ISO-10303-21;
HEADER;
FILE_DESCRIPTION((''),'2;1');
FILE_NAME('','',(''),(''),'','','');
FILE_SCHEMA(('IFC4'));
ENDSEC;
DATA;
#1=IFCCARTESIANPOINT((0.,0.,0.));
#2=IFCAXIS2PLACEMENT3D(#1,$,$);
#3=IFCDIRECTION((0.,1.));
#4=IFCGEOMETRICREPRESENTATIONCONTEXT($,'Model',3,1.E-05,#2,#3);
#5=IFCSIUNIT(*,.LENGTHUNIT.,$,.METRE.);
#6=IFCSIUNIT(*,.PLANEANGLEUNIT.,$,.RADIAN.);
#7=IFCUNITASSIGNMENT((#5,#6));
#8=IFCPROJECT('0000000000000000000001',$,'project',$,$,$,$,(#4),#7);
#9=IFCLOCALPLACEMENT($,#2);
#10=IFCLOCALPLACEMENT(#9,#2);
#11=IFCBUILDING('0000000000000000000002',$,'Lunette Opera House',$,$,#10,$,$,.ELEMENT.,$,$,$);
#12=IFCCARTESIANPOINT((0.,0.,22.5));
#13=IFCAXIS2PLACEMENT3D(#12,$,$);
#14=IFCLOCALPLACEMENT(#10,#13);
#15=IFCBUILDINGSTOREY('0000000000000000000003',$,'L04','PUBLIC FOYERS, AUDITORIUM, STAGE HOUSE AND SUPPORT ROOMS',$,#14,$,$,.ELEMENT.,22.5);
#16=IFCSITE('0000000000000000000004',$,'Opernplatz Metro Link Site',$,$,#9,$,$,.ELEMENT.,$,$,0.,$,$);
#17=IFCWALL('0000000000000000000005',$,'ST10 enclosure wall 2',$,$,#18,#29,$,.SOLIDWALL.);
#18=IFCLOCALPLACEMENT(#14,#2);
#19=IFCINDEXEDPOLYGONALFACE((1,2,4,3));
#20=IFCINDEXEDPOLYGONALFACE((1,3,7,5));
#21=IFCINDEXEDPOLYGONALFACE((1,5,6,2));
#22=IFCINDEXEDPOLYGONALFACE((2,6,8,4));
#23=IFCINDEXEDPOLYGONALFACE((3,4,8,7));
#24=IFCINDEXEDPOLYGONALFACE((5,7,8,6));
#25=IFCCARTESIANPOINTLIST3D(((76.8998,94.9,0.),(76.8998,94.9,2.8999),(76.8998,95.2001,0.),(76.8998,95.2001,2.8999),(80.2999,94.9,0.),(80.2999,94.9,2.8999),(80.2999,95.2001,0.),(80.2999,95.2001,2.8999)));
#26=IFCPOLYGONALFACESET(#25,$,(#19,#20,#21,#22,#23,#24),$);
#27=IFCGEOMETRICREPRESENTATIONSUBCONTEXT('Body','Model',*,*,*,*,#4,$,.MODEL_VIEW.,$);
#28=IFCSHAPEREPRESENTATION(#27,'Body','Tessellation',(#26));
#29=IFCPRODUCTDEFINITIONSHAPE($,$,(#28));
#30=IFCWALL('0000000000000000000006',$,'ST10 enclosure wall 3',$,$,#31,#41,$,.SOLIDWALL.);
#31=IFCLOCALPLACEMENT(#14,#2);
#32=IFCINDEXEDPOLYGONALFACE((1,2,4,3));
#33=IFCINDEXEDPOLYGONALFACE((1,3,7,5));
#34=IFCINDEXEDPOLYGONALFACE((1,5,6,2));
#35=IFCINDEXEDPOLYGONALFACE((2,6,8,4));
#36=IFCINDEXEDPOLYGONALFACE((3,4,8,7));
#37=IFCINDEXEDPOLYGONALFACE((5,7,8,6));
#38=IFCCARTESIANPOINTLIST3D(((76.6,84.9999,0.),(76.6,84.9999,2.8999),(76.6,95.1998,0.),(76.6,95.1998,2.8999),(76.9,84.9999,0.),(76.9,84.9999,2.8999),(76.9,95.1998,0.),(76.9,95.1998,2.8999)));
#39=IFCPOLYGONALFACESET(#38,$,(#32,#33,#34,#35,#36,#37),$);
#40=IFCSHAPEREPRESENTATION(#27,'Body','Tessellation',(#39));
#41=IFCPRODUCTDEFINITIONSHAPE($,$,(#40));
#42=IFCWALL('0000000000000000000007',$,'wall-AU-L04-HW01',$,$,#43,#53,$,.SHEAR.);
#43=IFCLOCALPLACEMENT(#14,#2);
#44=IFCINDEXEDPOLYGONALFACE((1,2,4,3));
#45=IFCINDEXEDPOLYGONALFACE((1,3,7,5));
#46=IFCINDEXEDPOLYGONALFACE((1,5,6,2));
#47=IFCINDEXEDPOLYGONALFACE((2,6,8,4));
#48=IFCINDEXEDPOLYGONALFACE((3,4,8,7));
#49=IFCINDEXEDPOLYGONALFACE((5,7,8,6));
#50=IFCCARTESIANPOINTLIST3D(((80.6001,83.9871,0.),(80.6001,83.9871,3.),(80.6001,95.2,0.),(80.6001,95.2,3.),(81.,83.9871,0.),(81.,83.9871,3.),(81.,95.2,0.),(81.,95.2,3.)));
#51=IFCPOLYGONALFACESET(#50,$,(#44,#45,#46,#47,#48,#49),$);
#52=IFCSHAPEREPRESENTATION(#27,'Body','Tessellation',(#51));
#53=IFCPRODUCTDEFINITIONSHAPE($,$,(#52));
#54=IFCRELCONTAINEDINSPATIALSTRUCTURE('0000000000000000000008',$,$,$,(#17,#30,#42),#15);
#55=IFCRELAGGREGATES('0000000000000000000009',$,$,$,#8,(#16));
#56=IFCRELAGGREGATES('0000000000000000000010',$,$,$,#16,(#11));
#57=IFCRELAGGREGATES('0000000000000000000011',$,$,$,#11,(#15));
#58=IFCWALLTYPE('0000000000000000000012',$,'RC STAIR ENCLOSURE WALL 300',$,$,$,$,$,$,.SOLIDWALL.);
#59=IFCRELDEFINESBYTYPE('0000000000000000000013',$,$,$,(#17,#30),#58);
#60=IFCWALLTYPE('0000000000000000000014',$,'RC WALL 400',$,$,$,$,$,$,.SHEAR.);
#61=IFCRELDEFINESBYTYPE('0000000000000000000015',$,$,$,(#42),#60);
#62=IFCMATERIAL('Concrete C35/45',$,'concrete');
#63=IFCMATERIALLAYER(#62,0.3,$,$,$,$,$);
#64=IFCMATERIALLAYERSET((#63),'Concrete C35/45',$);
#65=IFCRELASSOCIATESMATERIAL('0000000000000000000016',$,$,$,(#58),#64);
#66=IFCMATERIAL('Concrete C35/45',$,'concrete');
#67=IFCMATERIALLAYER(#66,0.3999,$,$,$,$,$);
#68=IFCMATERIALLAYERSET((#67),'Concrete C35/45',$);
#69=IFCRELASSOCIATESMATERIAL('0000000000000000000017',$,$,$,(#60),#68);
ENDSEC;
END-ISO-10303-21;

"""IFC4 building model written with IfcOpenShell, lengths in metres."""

from ifc_helpers import new_model, si_unit, direction, frame, frame_2d, origin, place, context, subcontext, project, spatial, rectangle, extrude, material, layer, layer_set, type_object, element, save


model = new_model("IFC4")

# Units and contexts
model_context = context("Model", 3, precision=1e-05, world=origin(), true_north=direction((0.0, 1.0)))
body_context = subcontext(model_context, "Body", "Model", "MODEL_VIEW")
ifc_project = project(units=[si_unit("LENGTHUNIT", "METRE"), si_unit("PLANEANGLEUNIT", "RADIAN")], contexts=[model_context])

# Site, building, storey
site_placement = place(None, origin())
site = spatial("IfcSite", under=ifc_project, at=site_placement, Name="Opernplatz Metro Link Site", CompositionType="ELEMENT", RefElevation=0.0)
building_placement = place(site_placement, origin())
building = spatial("IfcBuilding", under=site, at=building_placement, Name="Lunette Opera House", CompositionType="ELEMENT")
storey_placement = place(building_placement, frame((0.0, 0.0, 22.5)))
storey = spatial("IfcBuildingStorey", under=building, at=storey_placement, Name="L04", Description="PUBLIC FOYERS, AUDITORIUM, STAGE HOUSE AND SUPPORT ROOMS", CompositionType="ELEMENT", Elevation=22.5)

# Walls
ifc_material_1 = material(Name="Concrete C35/45", Category="concrete")
ifc_layer_1 = layer(ifc_material_1, 0.3)
ifc_layer_set_1 = layer_set([ifc_layer_1], Name="Concrete C35/45")
wall_type_1 = type_object("IfcWallType", Name="RC STAIR ENCLOSURE WALL 300", PredefinedType="SOLIDWALL", material=ifc_layer_set_1)
wall_1_placement = place(storey_placement, frame((80.3, 95.05, 0.0), z_axis=(0.0, 0.0, 1.0), x_axis=(-1.0, 0.0, 0.0)))
element("IfcWall", 1, at=wall_1_placement, inside=storey, type_object=wall_type_1, Name="ST10 enclosure wall 2", PredefinedType="SOLIDWALL", context=body_context, shape_type="SweptSolid", body=[
    extrude(rectangle(XDim=3.4001, YDim=0.3, at=frame_2d((1.7002, 0.0))), origin(), (0.0, 0.0, 1.0), 2.8999),
])
wall_2_placement = place(storey_placement, frame((76.75, 95.2, 0.0), z_axis=(0.0, 0.0, 1.0), x_axis=(0.0, -1.0, 0.0)))
element("IfcWall", 2, at=wall_2_placement, inside=storey, type_object=wall_type_1, Name="ST10 enclosure wall 3", PredefinedType="SOLIDWALL", context=body_context, shape_type="SweptSolid", body=[
    extrude(rectangle(XDim=10.2, YDim=0.3, at=frame_2d((5.1001, 0.0))), origin(), (0.0, 0.0, 1.0), 2.8999),
])
ifc_material_2 = material(Name="Concrete C35/45", Category="concrete")
ifc_layer_2 = layer(ifc_material_2, 0.3999)
ifc_layer_set_2 = layer_set([ifc_layer_2], Name="Concrete C35/45")
wall_type_2 = type_object("IfcWallType", Name="RC WALL 400", PredefinedType="SHEAR", material=ifc_layer_set_2)
wall_3_placement = place(storey_placement, frame((80.8, 95.2, 0.0), z_axis=(0.0, 0.0, 1.0), x_axis=(0.0, -1.0, 0.0)))
element("IfcWall", 3, at=wall_3_placement, inside=storey, type_object=wall_type_2, Name="wall-AU-L04-HW01", PredefinedType="SHEAR", context=body_context, shape_type="SweptSolid", body=[
    extrude(rectangle(XDim=11.2129, YDim=0.3999, at=frame_2d((5.6064, 0.0))), origin(), (0.0, 0.0, 1.0), 3.0),
])

save(model, "model.ifc")
